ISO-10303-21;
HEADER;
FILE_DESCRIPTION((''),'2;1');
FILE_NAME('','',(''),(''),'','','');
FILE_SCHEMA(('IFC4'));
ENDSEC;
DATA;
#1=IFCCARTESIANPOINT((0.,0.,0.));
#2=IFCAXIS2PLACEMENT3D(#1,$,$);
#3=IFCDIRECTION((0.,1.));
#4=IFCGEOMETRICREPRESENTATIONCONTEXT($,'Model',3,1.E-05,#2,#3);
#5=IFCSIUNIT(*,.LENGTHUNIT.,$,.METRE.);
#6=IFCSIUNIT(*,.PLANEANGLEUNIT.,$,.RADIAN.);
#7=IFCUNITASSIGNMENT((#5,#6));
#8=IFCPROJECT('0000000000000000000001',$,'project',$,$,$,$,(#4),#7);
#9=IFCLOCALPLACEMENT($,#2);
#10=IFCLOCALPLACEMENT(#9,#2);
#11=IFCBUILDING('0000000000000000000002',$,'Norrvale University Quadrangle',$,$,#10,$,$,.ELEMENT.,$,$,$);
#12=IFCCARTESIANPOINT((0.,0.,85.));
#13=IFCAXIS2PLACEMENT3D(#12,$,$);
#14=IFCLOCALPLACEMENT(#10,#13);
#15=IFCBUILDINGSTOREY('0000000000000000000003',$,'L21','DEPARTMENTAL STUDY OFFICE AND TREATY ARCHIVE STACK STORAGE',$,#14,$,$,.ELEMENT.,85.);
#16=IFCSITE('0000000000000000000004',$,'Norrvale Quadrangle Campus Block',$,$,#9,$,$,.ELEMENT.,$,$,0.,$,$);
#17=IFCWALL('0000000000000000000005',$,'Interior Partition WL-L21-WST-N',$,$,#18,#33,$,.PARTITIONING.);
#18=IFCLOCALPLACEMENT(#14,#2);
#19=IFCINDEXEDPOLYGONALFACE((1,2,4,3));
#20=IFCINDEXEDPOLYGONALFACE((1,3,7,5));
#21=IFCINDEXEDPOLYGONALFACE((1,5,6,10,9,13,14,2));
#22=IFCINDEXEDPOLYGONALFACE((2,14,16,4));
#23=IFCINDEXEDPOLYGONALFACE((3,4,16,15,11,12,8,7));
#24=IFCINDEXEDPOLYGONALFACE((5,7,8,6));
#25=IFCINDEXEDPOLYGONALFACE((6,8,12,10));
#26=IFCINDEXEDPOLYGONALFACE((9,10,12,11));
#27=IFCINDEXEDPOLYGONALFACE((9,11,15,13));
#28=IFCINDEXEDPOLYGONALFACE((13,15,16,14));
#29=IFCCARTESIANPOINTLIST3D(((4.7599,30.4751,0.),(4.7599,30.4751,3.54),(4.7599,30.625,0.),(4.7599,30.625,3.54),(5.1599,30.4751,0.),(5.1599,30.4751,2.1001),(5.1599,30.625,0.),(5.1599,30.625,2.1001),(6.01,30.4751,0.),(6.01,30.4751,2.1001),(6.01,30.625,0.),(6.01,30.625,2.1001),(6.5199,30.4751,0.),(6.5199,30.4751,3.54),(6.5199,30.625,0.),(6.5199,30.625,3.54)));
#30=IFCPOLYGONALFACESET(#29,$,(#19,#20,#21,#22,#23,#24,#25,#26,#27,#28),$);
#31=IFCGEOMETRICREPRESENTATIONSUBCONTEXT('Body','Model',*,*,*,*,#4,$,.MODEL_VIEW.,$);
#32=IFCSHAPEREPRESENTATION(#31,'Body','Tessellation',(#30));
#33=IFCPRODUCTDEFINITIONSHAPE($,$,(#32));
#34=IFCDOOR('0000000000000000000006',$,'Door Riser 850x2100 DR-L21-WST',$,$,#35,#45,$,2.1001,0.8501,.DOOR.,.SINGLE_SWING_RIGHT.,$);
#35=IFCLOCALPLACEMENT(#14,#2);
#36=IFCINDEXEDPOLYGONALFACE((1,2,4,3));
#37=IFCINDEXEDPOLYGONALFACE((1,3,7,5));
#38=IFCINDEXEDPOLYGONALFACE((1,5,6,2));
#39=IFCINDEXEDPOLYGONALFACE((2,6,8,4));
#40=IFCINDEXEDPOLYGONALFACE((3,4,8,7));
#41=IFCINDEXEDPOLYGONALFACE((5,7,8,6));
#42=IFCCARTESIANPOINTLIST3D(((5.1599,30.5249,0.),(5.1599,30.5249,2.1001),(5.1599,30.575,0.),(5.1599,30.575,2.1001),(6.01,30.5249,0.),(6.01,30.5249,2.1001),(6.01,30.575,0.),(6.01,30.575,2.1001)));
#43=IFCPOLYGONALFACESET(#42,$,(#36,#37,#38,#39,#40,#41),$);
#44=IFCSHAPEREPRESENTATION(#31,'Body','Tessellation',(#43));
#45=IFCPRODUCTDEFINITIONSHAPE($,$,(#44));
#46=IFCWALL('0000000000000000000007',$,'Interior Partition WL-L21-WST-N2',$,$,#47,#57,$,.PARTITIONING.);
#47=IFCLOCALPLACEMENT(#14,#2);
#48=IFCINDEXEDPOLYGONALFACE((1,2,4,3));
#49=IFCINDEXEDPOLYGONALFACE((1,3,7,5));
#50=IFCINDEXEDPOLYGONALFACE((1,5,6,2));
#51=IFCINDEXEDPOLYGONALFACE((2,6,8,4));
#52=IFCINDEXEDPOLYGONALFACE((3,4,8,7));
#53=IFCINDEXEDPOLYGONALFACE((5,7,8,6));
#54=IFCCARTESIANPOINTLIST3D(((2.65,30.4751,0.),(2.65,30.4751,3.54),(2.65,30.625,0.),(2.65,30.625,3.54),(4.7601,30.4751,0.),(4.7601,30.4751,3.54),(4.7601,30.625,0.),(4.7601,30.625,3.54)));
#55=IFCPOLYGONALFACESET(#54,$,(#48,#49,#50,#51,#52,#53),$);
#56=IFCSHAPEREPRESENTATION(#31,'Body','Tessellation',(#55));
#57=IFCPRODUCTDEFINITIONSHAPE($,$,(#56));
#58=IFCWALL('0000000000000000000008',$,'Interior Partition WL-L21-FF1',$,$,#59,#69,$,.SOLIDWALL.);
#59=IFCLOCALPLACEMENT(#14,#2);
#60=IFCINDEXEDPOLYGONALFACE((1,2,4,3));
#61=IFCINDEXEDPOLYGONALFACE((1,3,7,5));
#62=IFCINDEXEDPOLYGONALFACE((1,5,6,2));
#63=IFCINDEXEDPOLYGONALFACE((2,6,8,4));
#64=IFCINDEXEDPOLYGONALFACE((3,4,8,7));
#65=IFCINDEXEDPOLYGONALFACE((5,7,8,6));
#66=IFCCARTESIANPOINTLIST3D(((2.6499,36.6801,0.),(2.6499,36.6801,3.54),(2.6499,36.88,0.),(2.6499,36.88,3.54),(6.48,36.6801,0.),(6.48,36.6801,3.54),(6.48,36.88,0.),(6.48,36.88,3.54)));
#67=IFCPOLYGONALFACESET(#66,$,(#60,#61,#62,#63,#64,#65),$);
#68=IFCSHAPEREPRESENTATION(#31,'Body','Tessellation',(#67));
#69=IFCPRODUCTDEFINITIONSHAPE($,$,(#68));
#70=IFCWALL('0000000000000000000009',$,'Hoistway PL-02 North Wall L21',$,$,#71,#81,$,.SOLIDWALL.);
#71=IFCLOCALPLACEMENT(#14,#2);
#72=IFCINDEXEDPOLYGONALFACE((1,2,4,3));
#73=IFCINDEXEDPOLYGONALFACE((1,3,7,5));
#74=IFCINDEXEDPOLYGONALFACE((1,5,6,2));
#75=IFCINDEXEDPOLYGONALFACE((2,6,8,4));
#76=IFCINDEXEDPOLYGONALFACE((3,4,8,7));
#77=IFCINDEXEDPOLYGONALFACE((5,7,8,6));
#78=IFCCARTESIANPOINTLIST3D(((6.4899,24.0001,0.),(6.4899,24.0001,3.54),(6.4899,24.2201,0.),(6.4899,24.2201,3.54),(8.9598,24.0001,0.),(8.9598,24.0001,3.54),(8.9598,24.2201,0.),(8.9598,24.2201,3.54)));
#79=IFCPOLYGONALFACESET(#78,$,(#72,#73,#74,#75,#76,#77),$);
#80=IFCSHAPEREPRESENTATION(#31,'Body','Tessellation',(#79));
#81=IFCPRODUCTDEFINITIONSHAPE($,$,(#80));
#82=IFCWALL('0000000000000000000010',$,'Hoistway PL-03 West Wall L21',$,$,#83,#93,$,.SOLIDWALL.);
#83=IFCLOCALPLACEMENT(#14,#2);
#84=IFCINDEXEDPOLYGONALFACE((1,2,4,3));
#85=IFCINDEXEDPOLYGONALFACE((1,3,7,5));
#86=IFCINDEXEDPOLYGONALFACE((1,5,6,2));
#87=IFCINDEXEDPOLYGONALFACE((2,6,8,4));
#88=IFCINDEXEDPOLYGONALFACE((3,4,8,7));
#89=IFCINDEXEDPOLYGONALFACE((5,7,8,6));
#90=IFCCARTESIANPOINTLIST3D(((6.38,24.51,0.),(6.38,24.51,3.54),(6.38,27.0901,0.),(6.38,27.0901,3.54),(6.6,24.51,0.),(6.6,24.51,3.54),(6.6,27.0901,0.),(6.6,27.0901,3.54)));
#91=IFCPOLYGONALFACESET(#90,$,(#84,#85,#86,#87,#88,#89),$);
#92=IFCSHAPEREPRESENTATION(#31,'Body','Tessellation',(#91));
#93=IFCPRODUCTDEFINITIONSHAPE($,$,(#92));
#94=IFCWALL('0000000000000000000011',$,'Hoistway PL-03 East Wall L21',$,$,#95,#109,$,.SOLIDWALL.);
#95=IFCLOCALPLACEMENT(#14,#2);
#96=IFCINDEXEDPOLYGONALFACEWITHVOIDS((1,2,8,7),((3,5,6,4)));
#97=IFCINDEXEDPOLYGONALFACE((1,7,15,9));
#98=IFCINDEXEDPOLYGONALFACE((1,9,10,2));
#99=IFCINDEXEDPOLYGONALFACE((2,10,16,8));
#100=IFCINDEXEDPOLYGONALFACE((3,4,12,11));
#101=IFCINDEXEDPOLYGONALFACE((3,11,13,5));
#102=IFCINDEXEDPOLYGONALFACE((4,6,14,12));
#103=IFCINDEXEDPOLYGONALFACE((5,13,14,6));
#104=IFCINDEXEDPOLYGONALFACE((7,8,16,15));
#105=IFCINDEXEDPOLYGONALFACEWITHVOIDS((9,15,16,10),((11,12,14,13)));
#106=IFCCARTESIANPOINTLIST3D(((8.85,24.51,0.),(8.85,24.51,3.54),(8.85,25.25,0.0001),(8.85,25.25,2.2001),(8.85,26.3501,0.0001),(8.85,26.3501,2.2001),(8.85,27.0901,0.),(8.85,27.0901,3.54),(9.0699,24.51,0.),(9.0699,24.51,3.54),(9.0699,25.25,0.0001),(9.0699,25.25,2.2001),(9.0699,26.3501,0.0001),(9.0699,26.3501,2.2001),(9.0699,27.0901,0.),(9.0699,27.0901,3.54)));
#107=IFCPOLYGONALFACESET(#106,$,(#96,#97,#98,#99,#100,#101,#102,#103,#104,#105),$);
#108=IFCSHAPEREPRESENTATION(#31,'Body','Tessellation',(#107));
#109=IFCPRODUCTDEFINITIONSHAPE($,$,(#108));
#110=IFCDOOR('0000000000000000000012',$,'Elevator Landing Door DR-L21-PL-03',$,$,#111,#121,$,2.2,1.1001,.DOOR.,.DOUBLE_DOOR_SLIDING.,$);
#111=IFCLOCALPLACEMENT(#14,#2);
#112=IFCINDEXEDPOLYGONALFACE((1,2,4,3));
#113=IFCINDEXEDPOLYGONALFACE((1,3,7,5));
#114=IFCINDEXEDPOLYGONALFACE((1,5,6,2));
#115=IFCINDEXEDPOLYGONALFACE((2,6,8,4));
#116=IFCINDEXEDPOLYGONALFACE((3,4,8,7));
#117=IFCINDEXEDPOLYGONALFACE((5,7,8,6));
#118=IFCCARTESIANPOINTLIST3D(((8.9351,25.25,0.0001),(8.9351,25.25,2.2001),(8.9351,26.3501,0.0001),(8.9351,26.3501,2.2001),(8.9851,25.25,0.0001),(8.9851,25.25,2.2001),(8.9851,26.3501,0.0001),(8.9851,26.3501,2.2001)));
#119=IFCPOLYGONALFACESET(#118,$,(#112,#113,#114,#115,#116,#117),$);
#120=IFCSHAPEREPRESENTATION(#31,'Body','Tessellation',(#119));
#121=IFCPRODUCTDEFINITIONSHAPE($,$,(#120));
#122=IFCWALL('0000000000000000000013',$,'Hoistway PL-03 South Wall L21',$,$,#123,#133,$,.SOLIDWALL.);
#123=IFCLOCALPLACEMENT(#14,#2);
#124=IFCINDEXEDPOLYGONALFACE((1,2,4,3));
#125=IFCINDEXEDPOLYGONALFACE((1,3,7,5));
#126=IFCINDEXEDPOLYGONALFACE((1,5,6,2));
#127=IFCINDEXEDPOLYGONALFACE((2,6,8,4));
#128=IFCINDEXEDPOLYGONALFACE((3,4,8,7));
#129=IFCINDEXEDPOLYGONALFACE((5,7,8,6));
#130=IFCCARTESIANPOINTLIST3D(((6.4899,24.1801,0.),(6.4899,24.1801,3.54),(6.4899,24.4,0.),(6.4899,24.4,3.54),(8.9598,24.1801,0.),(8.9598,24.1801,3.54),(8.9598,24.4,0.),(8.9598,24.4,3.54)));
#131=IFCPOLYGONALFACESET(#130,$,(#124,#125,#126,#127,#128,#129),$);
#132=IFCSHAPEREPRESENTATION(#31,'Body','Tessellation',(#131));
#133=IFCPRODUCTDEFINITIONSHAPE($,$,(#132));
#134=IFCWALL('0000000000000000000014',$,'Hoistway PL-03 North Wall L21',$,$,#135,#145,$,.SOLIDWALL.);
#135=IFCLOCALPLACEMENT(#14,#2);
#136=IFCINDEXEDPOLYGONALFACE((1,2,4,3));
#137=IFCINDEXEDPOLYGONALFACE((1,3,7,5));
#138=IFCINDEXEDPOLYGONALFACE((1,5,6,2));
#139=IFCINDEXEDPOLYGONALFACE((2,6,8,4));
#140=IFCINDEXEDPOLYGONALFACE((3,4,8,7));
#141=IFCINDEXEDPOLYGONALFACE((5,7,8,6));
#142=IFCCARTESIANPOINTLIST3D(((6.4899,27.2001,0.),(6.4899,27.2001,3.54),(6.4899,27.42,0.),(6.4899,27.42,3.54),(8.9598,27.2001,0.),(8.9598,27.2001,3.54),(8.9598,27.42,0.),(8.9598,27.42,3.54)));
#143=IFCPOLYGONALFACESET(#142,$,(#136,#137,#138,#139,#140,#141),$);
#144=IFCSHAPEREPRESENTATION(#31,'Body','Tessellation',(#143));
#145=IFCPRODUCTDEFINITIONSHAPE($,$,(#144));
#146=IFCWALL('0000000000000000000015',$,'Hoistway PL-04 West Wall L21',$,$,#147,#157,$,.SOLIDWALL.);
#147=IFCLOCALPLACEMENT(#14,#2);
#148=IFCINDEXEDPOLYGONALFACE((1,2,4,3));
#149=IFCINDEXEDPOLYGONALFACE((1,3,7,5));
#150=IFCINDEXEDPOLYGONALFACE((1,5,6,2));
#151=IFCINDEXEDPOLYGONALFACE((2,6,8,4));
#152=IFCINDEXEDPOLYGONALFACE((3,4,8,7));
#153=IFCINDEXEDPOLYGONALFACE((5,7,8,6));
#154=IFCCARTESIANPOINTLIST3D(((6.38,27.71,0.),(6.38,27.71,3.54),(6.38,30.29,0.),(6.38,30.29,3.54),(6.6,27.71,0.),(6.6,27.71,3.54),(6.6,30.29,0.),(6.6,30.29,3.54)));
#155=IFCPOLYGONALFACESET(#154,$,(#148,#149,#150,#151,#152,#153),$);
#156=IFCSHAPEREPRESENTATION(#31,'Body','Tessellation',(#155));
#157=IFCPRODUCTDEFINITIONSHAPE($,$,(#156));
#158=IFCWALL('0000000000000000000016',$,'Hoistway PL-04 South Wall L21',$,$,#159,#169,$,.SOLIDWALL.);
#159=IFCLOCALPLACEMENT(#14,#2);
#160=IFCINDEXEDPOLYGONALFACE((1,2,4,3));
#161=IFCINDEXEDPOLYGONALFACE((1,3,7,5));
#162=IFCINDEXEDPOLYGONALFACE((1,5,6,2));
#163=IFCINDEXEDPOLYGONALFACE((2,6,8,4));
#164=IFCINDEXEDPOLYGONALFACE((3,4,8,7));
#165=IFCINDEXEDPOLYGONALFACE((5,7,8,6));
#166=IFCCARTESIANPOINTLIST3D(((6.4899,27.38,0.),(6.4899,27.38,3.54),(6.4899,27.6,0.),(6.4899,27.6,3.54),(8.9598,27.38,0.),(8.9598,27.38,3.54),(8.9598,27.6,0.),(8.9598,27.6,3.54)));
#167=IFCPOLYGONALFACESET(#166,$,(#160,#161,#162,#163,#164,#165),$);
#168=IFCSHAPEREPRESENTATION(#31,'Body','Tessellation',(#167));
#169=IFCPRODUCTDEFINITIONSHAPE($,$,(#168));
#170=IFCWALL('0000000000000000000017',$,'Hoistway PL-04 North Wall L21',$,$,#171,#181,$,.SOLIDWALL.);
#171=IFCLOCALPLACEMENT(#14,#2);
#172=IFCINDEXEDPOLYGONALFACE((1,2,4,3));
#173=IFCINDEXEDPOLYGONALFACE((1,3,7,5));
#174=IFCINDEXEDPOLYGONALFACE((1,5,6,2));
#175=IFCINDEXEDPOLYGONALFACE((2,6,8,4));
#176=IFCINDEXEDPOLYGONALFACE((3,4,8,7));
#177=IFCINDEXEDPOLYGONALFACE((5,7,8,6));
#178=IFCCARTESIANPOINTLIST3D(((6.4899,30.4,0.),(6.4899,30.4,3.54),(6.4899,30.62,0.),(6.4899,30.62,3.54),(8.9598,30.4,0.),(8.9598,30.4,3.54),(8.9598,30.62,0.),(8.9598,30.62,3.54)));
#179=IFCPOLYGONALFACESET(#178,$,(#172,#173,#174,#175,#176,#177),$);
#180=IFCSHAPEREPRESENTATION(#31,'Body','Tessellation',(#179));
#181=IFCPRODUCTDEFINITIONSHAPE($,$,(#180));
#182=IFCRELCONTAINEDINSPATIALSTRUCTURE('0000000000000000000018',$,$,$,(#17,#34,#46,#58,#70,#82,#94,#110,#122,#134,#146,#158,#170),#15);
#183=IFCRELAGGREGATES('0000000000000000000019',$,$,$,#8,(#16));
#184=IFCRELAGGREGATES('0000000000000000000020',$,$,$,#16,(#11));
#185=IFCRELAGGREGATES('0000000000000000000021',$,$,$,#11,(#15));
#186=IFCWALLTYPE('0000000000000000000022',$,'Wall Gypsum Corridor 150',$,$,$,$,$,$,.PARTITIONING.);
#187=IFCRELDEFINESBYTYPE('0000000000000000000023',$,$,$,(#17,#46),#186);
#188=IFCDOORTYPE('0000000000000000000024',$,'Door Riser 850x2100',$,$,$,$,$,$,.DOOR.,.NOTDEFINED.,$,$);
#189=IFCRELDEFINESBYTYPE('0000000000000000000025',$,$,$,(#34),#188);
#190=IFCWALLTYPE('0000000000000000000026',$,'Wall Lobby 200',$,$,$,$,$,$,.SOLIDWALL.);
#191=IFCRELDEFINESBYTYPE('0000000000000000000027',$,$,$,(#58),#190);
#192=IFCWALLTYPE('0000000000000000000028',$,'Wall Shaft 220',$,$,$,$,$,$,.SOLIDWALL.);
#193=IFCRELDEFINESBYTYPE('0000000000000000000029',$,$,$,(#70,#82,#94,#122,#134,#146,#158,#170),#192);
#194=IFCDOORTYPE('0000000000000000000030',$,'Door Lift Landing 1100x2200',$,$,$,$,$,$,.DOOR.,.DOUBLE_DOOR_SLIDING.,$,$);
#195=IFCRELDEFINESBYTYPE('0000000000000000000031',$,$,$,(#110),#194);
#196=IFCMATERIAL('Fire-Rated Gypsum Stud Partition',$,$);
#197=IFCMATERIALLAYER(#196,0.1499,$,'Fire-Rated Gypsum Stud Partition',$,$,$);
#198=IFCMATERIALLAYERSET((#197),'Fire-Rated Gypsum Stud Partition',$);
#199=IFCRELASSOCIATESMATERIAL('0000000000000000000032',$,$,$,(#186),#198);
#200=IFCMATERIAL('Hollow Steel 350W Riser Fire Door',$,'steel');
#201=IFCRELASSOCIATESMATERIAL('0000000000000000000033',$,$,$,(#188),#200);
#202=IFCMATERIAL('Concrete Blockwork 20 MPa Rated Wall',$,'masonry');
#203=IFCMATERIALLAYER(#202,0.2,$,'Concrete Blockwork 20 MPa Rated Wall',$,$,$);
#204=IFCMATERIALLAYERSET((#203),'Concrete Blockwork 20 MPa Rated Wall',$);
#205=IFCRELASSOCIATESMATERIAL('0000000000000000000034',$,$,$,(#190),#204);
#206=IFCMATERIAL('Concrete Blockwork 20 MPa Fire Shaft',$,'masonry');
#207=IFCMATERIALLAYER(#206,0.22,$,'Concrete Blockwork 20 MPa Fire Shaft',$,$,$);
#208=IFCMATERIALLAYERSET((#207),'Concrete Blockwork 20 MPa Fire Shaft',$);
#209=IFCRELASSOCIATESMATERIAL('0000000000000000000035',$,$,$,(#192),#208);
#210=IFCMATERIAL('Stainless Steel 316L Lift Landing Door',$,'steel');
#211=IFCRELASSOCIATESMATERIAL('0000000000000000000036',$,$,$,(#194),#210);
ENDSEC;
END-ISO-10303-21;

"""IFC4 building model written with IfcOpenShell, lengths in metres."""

from ifc_helpers import new_model, si_unit, direction, frame, frame_2d, origin, place, context, subcontext, project, spatial, rectangle, extrude, material, layer, layer_set, type_object, element, fill, save


model = new_model("IFC4")

# Units and contexts
model_context = context("Model", 3, precision=1e-05, world=origin(), true_north=direction((0.0, 1.0)))
body_context = subcontext(model_context, "Body", "Model", "MODEL_VIEW")
ifc_project = project(units=[si_unit("LENGTHUNIT", "METRE"), si_unit("PLANEANGLEUNIT", "RADIAN")], contexts=[model_context])

# Site, building, storey
site_placement = place(None, origin())
site = spatial("IfcSite", under=ifc_project, at=site_placement, Name="Norrvale Quadrangle Campus Block", CompositionType="ELEMENT", RefElevation=0.0)
building_placement = place(site_placement, origin())
building = spatial("IfcBuilding", under=site, at=building_placement, Name="Norrvale University Quadrangle", CompositionType="ELEMENT")
storey_placement = place(building_placement, frame((0.0, 0.0, 85.0)))
storey = spatial("IfcBuildingStorey", under=building, at=storey_placement, Name="L21", Description="DEPARTMENTAL STUDY OFFICE AND TREATY ARCHIVE STACK STORAGE", CompositionType="ELEMENT", Elevation=85.0)

# Wall, opening, door
ifc_material_1 = material(Name="Fire-Rated Gypsum Stud Partition")
ifc_layer_1 = layer(ifc_material_1, 0.1499, Name="Fire-Rated Gypsum Stud Partition")
ifc_layer_set_1 = layer_set([ifc_layer_1], Name="Fire-Rated Gypsum Stud Partition")
wall_type_1 = type_object("IfcWallType", Name="Wall Gypsum Corridor 150", PredefinedType="PARTITIONING", material=ifc_layer_set_1)
ifc_material_2 = material(Name="Hollow Steel 350W Riser Fire Door", Category="steel")
door_type_1 = type_object("IfcDoorType", Name="Door Riser 850x2100", OperationType="NOTDEFINED", PredefinedType="DOOR", material=ifc_material_2)
wall_1_placement = place(storey_placement, frame((4.76, 30.55, 0.0), z_axis=(0.0, 0.0, 1.0), x_axis=(1.0, 0.0, 0.0)))
wall_1 = element("IfcWall", 1, at=wall_1_placement, inside=storey, type_object=wall_type_1, Name="Interior Partition WL-L21-WST-N", PredefinedType="PARTITIONING", context=body_context, shape_type="SweptSolid", body=[
    extrude(rectangle(XDim=1.76, YDim=0.1499, at=frame_2d((0.8799, 0.0))), origin(), (0.0, 0.0, 1.0), 3.54),
])
opening_1_placement = place(wall_1_placement, frame((0.3999, 0.0, 0.0)))
opening_1 = element("IfcOpeningElement", 2, at=opening_1_placement, cuts=wall_1, PredefinedType="OPENING", context=body_context, shape_type="SweptSolid", body=[
    extrude(rectangle(XDim=0.8501, YDim=2.1001, at=frame_2d((0.425, 1.05))), frame((0.0, 0.0869, 0.0), z_axis=(0.0, -1.0, 0.0), x_axis=(1.0, 0.0, 0.0)), (0.0, 0.0, 1.0), 0.1738),
])
door_1_placement = place(opening_1_placement, origin())
door_1 = element("IfcDoor", 3, at=door_1_placement, inside=storey, type_object=door_type_1, Name="Door Riser 850x2100 DR-L21-WST", OperationType="SINGLE_SWING_RIGHT", OverallHeight=2.1001, OverallWidth=0.8501, PredefinedType="DOOR", context=body_context, shape_type="SweptSolid", body=[
    extrude(rectangle(XDim=0.8501, YDim=2.1001, at=frame_2d((0.425, 1.05))), frame((0.0, 0.0249, 0.0), z_axis=(0.0, -1.0, 0.0), x_axis=(1.0, 0.0, 0.0)), (0.0, 0.0, 1.0), 0.05),
])
fill(opening_1, door_1)

# Walls
wall_2_placement = place(storey_placement, frame((2.6499, 30.55, 0.0), z_axis=(0.0, 0.0, 1.0), x_axis=(1.0, 0.0, 0.0)))
element("IfcWall", 4, at=wall_2_placement, inside=storey, type_object=wall_type_1, Name="Interior Partition WL-L21-WST-N2", PredefinedType="PARTITIONING", context=body_context, shape_type="SweptSolid", body=[
    extrude(rectangle(XDim=2.1101, YDim=0.1499, at=frame_2d((1.0552, 0.0))), origin(), (0.0, 0.0, 1.0), 3.54),
])
ifc_material_3 = material(Name="Concrete Blockwork 20 MPa Rated Wall", Category="masonry")
ifc_layer_2 = layer(ifc_material_3, 0.2, Name="Concrete Blockwork 20 MPa Rated Wall")
ifc_layer_set_2 = layer_set([ifc_layer_2], Name="Concrete Blockwork 20 MPa Rated Wall")
wall_type_2 = type_object("IfcWallType", Name="Wall Lobby 200", PredefinedType="SOLIDWALL", material=ifc_layer_set_2)
wall_3_placement = place(storey_placement, frame((2.6499, 36.78, 0.0), z_axis=(0.0, 0.0, 1.0), x_axis=(1.0, 0.0, 0.0)))
element("IfcWall", 5, at=wall_3_placement, inside=storey, type_object=wall_type_2, Name="Interior Partition WL-L21-FF1", PredefinedType="SOLIDWALL", context=body_context, shape_type="SweptSolid", body=[
    extrude(rectangle(XDim=3.8301, YDim=0.2, at=frame_2d((1.915, 0.0))), origin(), (0.0, 0.0, 1.0), 3.54),
])
ifc_material_4 = material(Name="Concrete Blockwork 20 MPa Fire Shaft", Category="masonry")
ifc_layer_3 = layer(ifc_material_4, 0.22, Name="Concrete Blockwork 20 MPa Fire Shaft")
ifc_layer_set_3 = layer_set([ifc_layer_3], Name="Concrete Blockwork 20 MPa Fire Shaft")
wall_type_3 = type_object("IfcWallType", Name="Wall Shaft 220", PredefinedType="SOLIDWALL", material=ifc_layer_set_3)
wall_4_placement = place(storey_placement, frame((6.49, 24.1101, 0.0), z_axis=(0.0, 0.0, 1.0), x_axis=(1.0, 0.0, 0.0)))
element("IfcWall", 6, at=wall_4_placement, inside=storey, type_object=wall_type_3, Name="Hoistway PL-02 North Wall L21", PredefinedType="SOLIDWALL", context=body_context, shape_type="SweptSolid", body=[
    extrude(rectangle(XDim=2.47, YDim=0.22, at=frame_2d((1.2349, 0.0))), origin(), (0.0, 0.0, 1.0), 3.54),
])
wall_5_placement = place(storey_placement, frame((6.49, 24.51, 0.0), z_axis=(0.0, 0.0, 1.0), x_axis=(0.0, 1.0, 0.0)))
element("IfcWall", 7, at=wall_5_placement, inside=storey, type_object=wall_type_3, Name="Hoistway PL-03 West Wall L21", PredefinedType="SOLIDWALL", context=body_context, shape_type="SweptSolid", body=[
    extrude(rectangle(XDim=2.5801, YDim=0.22, at=frame_2d((1.29, 0.0))), origin(), (0.0, 0.0, 1.0), 3.54),
])

# Wall, opening, door
wall_6_placement = place(storey_placement, frame((8.96, 24.51, 0.0), z_axis=(0.0, 0.0, 1.0), x_axis=(0.0, 1.0, 0.0)))
wall_6 = element("IfcWall", 8, at=wall_6_placement, inside=storey, type_object=wall_type_3, Name="Hoistway PL-03 East Wall L21", PredefinedType="SOLIDWALL", context=body_context, shape_type="SweptSolid", body=[
    extrude(rectangle(XDim=2.5801, YDim=0.22, at=frame_2d((1.29, 0.0))), origin(), (0.0, 0.0, 1.0), 3.54),
])
opening_2_placement = place(wall_6_placement, frame((0.74, 0.0, 0.0)))
opening_2 = element("IfcOpeningElement", 9, at=opening_2_placement, cuts=wall_6, PredefinedType="OPENING", context=body_context, shape_type="SweptSolid", body=[
    extrude(rectangle(XDim=1.1001, YDim=2.2, at=frame_2d((0.55, 1.1001))), frame((0.0, 0.1221, 0.0), z_axis=(0.0, -1.0, 0.0), x_axis=(1.0, 0.0, 0.0)), (0.0, 0.0, 1.0), 0.2439),
])
ifc_material_5 = material(Name="Stainless Steel 316L Lift Landing Door", Category="steel")
door_type_2 = type_object("IfcDoorType", Name="Door Lift Landing 1100x2200", OperationType="DOUBLE_DOOR_SLIDING", PredefinedType="DOOR", material=ifc_material_5)
door_2_placement = place(opening_2_placement, origin())
door_2 = element("IfcDoor", 10, at=door_2_placement, inside=storey, type_object=door_type_2, Name="Elevator Landing Door DR-L21-PL-03", OperationType="DOUBLE_DOOR_SLIDING", OverallHeight=2.2, OverallWidth=1.1001, PredefinedType="DOOR", context=body_context, shape_type="SweptSolid", body=[
    extrude(rectangle(XDim=1.1001, YDim=2.2, at=frame_2d((0.55, 1.1001))), frame((0.0, 0.0249, 0.0), z_axis=(0.0, -1.0, 0.0), x_axis=(1.0, 0.0, 0.0)), (0.0, 0.0, 1.0), 0.05),
])
fill(opening_2, door_2)

# Walls
for number, where, z_axis, x_axis, name in (
    (11, (6.49, 24.29, 0.0), (0.0, 0.0, 1.0), (1.0, 0.0, 0.0), "Hoistway PL-03 South Wall L21"),
    (12, (6.49, 27.3101, 0.0), (0.0, 0.0, 1.0), (1.0, 0.0, 0.0), "Hoistway PL-03 North Wall L21"),
):
    element("IfcWall", number, at=place(storey_placement, frame(where, z_axis=z_axis, x_axis=x_axis)), inside=storey, type_object=wall_type_3, Name=name, PredefinedType="SOLIDWALL", context=body_context, shape_type="SweptSolid", body=[
        extrude(rectangle(XDim=2.47, YDim=0.22, at=frame_2d((1.2349, 0.0))), origin(), (0.0, 0.0, 1.0), 3.54),
    ])
wall_7_placement = place(storey_placement, frame((6.49, 27.71, 0.0), z_axis=(0.0, 0.0, 1.0), x_axis=(0.0, 1.0, 0.0)))
element("IfcWall", 13, at=wall_7_placement, inside=storey, type_object=wall_type_3, Name="Hoistway PL-04 West Wall L21", PredefinedType="SOLIDWALL", context=body_context, shape_type="SweptSolid", body=[
    extrude(rectangle(XDim=2.5801, YDim=0.22, at=frame_2d((1.29, 0.0))), origin(), (0.0, 0.0, 1.0), 3.54),
])
for number, where, z_axis, x_axis, name in (
    (14, (6.49, 27.49, 0.0), (0.0, 0.0, 1.0), (1.0, 0.0, 0.0), "Hoistway PL-04 South Wall L21"),
    (15, (6.49, 30.51, 0.0), (0.0, 0.0, 1.0), (1.0, 0.0, 0.0), "Hoistway PL-04 North Wall L21"),
):
    element("IfcWall", number, at=place(storey_placement, frame(where, z_axis=z_axis, x_axis=x_axis)), inside=storey, type_object=wall_type_3, Name=name, PredefinedType="SOLIDWALL", context=body_context, shape_type="SweptSolid", body=[
        extrude(rectangle(XDim=2.47, YDim=0.22, at=frame_2d((1.2349, 0.0))), origin(), (0.0, 0.0, 1.0), 3.54),
    ])

save(model, "model.ifc")
